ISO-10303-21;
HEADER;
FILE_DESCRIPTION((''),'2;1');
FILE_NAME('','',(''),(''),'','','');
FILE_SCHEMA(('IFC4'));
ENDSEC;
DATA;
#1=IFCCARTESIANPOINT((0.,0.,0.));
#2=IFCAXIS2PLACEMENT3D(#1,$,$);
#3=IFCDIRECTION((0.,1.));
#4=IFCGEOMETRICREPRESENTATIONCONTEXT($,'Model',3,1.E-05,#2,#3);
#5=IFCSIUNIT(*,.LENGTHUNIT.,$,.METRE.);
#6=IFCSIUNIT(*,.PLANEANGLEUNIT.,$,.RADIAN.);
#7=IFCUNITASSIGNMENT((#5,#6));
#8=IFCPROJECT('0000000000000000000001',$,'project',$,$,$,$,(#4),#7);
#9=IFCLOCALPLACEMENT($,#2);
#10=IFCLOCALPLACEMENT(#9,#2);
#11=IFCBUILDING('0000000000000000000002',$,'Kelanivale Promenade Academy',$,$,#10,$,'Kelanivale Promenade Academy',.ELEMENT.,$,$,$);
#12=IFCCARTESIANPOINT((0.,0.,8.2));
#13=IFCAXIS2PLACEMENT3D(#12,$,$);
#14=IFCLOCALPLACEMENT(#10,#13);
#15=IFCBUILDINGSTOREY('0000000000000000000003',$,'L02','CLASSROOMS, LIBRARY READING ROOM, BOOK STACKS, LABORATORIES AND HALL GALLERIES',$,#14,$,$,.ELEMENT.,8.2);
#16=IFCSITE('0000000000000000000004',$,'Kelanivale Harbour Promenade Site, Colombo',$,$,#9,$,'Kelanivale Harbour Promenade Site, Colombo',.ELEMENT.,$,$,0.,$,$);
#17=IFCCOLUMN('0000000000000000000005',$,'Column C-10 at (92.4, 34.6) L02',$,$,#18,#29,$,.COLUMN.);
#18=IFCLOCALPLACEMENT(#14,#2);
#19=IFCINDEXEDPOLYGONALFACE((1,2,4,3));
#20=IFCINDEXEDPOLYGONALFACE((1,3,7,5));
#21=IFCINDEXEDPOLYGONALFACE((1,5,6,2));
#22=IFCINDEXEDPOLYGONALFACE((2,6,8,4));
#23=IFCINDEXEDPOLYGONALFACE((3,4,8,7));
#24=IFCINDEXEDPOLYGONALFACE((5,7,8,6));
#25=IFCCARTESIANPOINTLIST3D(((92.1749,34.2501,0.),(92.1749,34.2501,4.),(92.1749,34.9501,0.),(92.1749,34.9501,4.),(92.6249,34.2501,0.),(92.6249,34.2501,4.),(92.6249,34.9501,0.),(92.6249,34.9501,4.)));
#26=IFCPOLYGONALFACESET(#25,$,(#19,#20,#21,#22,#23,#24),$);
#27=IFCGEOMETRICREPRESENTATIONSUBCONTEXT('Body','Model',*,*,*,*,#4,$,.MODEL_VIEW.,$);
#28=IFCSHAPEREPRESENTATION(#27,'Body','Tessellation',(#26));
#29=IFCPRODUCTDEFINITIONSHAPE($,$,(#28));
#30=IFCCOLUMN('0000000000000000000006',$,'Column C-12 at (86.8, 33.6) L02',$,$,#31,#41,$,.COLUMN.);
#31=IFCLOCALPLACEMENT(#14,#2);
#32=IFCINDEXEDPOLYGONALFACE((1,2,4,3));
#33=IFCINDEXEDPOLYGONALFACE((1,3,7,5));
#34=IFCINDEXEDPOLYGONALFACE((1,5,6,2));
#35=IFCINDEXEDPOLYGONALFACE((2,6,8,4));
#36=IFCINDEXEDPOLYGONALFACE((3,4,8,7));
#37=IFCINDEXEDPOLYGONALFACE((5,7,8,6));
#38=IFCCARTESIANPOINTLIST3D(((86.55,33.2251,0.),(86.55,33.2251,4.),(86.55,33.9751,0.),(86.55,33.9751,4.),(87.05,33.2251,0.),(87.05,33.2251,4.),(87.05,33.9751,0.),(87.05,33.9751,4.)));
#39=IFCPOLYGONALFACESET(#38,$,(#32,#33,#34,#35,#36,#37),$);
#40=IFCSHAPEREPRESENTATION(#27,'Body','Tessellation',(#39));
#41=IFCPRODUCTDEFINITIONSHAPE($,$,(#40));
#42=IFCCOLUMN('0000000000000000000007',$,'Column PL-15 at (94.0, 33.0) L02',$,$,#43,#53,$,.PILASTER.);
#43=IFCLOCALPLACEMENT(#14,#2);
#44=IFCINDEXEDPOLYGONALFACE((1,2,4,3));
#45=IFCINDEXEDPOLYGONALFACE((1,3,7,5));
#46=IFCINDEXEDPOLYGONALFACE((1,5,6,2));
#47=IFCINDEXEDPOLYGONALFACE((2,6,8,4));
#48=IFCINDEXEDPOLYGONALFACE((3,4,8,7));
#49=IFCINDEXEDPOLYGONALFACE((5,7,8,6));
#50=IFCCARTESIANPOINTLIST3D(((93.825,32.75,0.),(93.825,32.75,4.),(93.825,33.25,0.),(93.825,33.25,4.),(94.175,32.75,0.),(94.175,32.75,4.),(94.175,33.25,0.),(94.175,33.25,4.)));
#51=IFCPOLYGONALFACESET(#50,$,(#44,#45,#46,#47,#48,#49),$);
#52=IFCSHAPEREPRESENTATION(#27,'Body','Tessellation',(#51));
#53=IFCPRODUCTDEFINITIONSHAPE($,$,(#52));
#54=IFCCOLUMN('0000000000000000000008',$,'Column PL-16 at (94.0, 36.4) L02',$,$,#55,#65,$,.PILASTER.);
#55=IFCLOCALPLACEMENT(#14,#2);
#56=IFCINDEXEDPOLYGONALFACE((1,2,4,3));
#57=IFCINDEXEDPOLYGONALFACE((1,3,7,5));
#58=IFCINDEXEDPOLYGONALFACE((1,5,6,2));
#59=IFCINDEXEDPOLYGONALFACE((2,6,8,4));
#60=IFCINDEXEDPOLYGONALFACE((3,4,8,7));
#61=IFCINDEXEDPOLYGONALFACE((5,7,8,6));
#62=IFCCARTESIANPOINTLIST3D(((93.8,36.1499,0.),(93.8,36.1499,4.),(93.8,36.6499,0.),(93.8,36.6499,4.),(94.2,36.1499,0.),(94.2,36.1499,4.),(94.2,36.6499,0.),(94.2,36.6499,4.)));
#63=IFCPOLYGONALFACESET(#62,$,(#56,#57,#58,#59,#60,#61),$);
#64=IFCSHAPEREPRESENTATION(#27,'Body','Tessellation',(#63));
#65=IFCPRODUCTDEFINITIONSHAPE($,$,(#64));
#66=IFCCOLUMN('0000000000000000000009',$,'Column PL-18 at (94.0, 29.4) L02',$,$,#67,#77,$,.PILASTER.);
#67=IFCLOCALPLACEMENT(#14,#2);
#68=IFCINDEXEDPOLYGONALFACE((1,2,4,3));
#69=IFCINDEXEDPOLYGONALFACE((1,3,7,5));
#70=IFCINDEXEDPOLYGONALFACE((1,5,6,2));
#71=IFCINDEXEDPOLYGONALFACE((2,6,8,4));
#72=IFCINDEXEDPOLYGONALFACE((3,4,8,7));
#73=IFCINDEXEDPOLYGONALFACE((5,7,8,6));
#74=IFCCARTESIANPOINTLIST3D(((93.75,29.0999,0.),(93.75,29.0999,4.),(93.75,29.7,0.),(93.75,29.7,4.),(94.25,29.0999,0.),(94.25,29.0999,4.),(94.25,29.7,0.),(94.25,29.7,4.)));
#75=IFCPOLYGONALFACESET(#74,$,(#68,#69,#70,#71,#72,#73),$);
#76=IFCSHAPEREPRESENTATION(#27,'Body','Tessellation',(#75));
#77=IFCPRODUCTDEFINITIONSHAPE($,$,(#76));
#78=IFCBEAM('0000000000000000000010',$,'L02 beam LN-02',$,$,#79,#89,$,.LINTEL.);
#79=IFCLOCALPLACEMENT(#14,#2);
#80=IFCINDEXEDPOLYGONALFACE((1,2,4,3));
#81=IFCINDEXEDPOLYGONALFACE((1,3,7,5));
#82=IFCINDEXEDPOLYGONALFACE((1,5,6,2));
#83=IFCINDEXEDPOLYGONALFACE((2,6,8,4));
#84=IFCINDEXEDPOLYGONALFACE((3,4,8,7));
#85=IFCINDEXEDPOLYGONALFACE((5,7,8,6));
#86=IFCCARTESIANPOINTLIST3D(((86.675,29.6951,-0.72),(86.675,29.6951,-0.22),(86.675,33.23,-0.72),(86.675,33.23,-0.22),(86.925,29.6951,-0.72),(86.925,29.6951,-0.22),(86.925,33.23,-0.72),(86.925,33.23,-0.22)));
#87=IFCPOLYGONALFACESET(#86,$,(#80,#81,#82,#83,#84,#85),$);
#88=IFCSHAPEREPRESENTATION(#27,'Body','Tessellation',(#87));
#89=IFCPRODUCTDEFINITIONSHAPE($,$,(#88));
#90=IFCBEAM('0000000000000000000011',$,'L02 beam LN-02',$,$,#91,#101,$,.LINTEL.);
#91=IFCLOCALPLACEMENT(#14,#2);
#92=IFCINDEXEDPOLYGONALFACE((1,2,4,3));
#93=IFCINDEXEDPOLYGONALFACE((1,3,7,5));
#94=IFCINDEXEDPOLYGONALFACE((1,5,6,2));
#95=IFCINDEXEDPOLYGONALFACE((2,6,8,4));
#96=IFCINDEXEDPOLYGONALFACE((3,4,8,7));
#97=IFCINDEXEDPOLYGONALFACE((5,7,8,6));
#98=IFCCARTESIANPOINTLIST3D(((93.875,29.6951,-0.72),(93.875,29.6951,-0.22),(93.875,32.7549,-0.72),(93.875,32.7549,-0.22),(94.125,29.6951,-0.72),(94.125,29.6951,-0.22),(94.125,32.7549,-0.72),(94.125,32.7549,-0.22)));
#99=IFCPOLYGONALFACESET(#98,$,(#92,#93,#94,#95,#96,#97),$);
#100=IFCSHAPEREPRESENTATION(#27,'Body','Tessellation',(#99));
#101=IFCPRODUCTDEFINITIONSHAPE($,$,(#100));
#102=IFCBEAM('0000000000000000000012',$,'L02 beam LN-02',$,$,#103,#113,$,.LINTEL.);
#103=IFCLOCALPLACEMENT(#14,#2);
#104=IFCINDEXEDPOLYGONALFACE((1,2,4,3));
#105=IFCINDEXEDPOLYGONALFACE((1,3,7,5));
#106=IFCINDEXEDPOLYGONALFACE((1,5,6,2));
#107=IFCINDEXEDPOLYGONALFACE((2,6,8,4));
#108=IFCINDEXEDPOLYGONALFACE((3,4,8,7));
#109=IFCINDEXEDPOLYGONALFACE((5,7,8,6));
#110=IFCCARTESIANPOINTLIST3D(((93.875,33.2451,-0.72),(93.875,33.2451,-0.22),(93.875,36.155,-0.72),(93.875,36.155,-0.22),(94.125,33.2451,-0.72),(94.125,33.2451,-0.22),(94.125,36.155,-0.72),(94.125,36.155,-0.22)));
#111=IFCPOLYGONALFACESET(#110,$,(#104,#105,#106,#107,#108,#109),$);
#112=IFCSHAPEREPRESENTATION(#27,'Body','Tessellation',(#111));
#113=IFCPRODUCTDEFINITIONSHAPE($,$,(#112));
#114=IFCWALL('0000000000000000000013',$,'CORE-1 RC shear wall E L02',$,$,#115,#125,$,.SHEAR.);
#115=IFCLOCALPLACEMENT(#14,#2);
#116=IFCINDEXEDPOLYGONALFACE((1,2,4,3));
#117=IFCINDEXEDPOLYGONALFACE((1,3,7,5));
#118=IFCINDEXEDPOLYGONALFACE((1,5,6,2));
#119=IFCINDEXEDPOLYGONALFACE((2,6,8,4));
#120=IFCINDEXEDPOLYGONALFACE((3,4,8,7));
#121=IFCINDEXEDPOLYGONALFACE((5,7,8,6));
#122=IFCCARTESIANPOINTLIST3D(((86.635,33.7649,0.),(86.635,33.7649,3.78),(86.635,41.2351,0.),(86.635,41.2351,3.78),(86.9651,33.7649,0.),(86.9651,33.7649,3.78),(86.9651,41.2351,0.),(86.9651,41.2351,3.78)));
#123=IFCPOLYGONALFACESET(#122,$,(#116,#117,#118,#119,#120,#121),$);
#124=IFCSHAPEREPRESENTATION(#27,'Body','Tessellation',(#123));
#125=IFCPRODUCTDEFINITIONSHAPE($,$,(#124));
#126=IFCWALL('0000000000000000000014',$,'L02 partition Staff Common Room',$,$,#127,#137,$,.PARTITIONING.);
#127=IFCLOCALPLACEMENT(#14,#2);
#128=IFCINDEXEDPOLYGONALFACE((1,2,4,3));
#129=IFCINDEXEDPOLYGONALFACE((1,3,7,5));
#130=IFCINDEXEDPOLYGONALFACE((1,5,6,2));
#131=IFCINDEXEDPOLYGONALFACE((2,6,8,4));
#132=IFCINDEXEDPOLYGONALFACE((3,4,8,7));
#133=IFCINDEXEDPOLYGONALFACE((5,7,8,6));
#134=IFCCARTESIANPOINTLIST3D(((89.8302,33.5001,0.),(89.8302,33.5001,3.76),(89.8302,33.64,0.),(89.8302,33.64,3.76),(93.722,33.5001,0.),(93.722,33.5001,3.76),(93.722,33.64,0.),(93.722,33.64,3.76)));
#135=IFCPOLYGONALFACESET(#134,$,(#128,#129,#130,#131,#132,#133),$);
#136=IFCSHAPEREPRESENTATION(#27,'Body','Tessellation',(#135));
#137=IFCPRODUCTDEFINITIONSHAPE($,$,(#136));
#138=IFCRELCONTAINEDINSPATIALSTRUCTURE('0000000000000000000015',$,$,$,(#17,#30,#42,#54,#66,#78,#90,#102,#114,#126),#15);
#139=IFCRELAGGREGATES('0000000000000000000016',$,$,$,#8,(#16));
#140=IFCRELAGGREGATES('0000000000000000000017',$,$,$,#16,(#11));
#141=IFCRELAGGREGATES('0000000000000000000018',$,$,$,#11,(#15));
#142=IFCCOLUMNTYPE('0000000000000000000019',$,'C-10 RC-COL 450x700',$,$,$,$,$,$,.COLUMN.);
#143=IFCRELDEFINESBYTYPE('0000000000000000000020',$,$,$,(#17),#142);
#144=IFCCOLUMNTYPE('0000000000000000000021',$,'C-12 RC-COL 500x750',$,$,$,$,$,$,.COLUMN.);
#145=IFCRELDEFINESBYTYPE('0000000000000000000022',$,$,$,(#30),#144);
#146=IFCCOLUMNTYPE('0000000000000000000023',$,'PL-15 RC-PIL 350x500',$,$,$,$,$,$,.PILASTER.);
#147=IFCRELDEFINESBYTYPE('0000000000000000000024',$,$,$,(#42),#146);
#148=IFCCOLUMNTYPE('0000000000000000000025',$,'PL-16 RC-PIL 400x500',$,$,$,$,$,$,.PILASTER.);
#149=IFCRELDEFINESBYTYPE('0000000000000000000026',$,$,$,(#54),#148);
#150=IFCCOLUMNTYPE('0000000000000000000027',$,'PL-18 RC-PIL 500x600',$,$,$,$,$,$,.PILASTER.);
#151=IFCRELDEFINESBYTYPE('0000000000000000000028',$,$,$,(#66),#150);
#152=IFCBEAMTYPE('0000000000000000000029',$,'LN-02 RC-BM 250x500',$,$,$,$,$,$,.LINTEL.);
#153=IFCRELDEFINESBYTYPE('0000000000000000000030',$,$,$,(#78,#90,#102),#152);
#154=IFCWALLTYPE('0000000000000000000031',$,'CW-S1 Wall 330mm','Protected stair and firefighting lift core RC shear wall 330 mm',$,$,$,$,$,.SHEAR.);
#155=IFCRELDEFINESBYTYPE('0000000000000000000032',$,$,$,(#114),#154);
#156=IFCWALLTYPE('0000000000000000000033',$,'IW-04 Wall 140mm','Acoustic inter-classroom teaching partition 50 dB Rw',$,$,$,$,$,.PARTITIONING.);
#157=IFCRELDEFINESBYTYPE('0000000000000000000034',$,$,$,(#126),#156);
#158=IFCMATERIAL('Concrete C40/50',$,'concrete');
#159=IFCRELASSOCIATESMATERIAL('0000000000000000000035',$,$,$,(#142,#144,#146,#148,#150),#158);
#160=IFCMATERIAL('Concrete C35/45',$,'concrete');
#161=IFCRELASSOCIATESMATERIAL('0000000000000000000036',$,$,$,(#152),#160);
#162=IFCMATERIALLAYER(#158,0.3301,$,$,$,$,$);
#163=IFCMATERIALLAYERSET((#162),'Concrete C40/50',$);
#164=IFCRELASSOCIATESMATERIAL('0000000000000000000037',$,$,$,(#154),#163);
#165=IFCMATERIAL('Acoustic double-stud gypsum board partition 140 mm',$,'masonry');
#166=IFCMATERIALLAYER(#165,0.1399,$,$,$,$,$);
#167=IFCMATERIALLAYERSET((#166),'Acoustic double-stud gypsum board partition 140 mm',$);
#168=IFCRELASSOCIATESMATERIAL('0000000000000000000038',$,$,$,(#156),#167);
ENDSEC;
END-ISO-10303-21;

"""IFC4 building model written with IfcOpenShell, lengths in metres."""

from ifc_helpers import new_model, si_unit, direction, frame, frame_2d, origin, origin_2d, place, context, subcontext, project, spatial, rectangle, extrude, material, layer, layer_set, material_profile, profile_set, type_object, element, save


model = new_model("IFC4")

# Units and contexts
model_context = context("Model", 3, precision=1e-05, world=origin(), true_north=direction((0.0, 1.0)))
body_context = subcontext(model_context, "Body", "Model", "MODEL_VIEW")
ifc_project = project(units=[si_unit("LENGTHUNIT", "METRE"), si_unit("PLANEANGLEUNIT", "RADIAN")], contexts=[model_context])

# Site, building, storey
site_placement = place(None, origin())
site = spatial("IfcSite", under=ifc_project, at=site_placement, Name="Kelanivale Harbour Promenade Site, Colombo", LongName="Kelanivale Harbour Promenade Site, Colombo", CompositionType="ELEMENT", RefElevation=0.0)
building_placement = place(site_placement, origin())
building = spatial("IfcBuilding", under=site, at=building_placement, Name="Kelanivale Promenade Academy", LongName="Kelanivale Promenade Academy", CompositionType="ELEMENT")
storey_placement = place(building_placement, frame((0.0, 0.0, 8.2)))
storey = spatial("IfcBuildingStorey", under=building, at=storey_placement, Name="L02", Description="CLASSROOMS, LIBRARY READING ROOM, BOOK STACKS, LABORATORIES AND HALL GALLERIES", CompositionType="ELEMENT", Elevation=8.2)

# Columns
ifc_material_1 = material(Name="Concrete C40/50", Category="concrete")
ifc_material_profile_1 = material_profile(ifc_material_1, rectangle(XDim=0.45, YDim=0.7, at=origin_2d()), Name="RC-COL 450x700")
ifc_profile_set_1 = profile_set([ifc_material_profile_1], Name="Concrete C40/50")
column_type_1 = type_object("IfcColumnType", Name="C-10 RC-COL 450x700", PredefinedType="COLUMN", material=ifc_profile_set_1)
column_1_placement = place(storey_placement, frame((92.3999, 34.6001, 0.0), z_axis=(0.0, 0.0, 1.0), x_axis=(1.0, 0.0, 0.0)))
element("IfcColumn", 1, at=column_1_placement, inside=storey, type_object=column_type_1, Name="Column C-10 at (92.4, 34.6) L02", PredefinedType="COLUMN", context=body_context, shape_type="SweptSolid", body=[
    extrude(rectangle(XDim=0.45, YDim=0.7, at=origin_2d()), origin(), (0.0, 0.0, 1.0), 4.0),
])
ifc_material_profile_2 = material_profile(ifc_material_1, rectangle(XDim=0.5, YDim=0.75, at=origin_2d()), Name="RC-COL 500x750")
ifc_profile_set_2 = profile_set([ifc_material_profile_2], Name="Concrete C40/50")
column_type_2 = type_object("IfcColumnType", Name="C-12 RC-COL 500x750", PredefinedType="COLUMN", material=ifc_profile_set_2)
column_2_placement = place(storey_placement, frame((86.8, 33.6001, 0.0), z_axis=(0.0, 0.0, 1.0), x_axis=(1.0, 0.0, 0.0)))
element("IfcColumn", 2, at=column_2_placement, inside=storey, type_object=column_type_2, Name="Column C-12 at (86.8, 33.6) L02", PredefinedType="COLUMN", context=body_context, shape_type="SweptSolid", body=[
    extrude(rectangle(XDim=0.5, YDim=0.75, at=origin_2d()), origin(), (0.0, 0.0, 1.0), 4.0),
])
ifc_material_profile_3 = material_profile(ifc_material_1, rectangle(XDim=0.3501, YDim=0.5, at=origin_2d()), Name="RC-PIL 350x500")
ifc_profile_set_3 = profile_set([ifc_material_profile_3], Name="Concrete C40/50")
column_type_3 = type_object("IfcColumnType", Name="PL-15 RC-PIL 350x500", PredefinedType="PILASTER", material=ifc_profile_set_3)
column_3_placement = place(storey_placement, frame((94.0, 33.0, 0.0), z_axis=(0.0, 0.0, 1.0), x_axis=(1.0, 0.0, 0.0)))
element("IfcColumn", 3, at=column_3_placement, inside=storey, type_object=column_type_3, Name="Column PL-15 at (94.0, 33.0) L02", PredefinedType="PILASTER", context=body_context, shape_type="SweptSolid", body=[
    extrude(rectangle(XDim=0.3501, YDim=0.5, at=origin_2d()), origin(), (0.0, 0.0, 1.0), 4.0),
])
ifc_material_profile_4 = material_profile(ifc_material_1, rectangle(XDim=0.3999, YDim=0.5, at=origin_2d()), Name="RC-PIL 400x500")
ifc_profile_set_4 = profile_set([ifc_material_profile_4], Name="Concrete C40/50")
column_type_4 = type_object("IfcColumnType", Name="PL-16 RC-PIL 400x500", PredefinedType="PILASTER", material=ifc_profile_set_4)
column_4_placement = place(storey_placement, frame((94.0, 36.3999, 0.0), z_axis=(0.0, 0.0, 1.0), x_axis=(1.0, 0.0, 0.0)))
element("IfcColumn", 4, at=column_4_placement, inside=storey, type_object=column_type_4, Name="Column PL-16 at (94.0, 36.4) L02", PredefinedType="PILASTER", context=body_context, shape_type="SweptSolid", body=[
    extrude(rectangle(XDim=0.3999, YDim=0.5, at=origin_2d()), origin(), (0.0, 0.0, 1.0), 4.0),
])
ifc_material_profile_5 = material_profile(ifc_material_1, rectangle(XDim=0.5, YDim=0.6001, at=origin_2d()), Name="RC-PIL 500x600")
ifc_profile_set_5 = profile_set([ifc_material_profile_5], Name="Concrete C40/50")
column_type_5 = type_object("IfcColumnType", Name="PL-18 RC-PIL 500x600", PredefinedType="PILASTER", material=ifc_profile_set_5)
column_5_placement = place(storey_placement, frame((94.0, 29.3999, 0.0), z_axis=(0.0, 0.0, 1.0), x_axis=(1.0, 0.0, 0.0)))
element("IfcColumn", 5, at=column_5_placement, inside=storey, type_object=column_type_5, Name="Column PL-18 at (94.0, 29.4) L02", PredefinedType="PILASTER", context=body_context, shape_type="SweptSolid", body=[
    extrude(rectangle(XDim=0.5, YDim=0.6001, at=origin_2d()), origin(), (0.0, 0.0, 1.0), 4.0),
])

# Beams
ifc_material_2 = material(Name="Concrete C35/45", Category="concrete")
ifc_material_profile_6 = material_profile(ifc_material_2, rectangle(XDim=0.25, YDim=0.5, at=origin_2d()), Name="RC-BM 250x500")
ifc_profile_set_6 = profile_set([ifc_material_profile_6], Name="Concrete C35/45")
beam_type = type_object("IfcBeamType", Name="LN-02 RC-BM 250x500", PredefinedType="LINTEL", material=ifc_profile_set_6)
beam_1_placement = place(storey_placement, frame((86.8, 29.6951, -0.47), z_axis=(0.0, 1.0, 0.0), x_axis=(-1.0, 0.0, 0.0)))
element("IfcBeam", 6, at=beam_1_placement, inside=storey, type_object=beam_type, Name="L02 beam LN-02", PredefinedType="LINTEL", context=body_context, shape_type="SweptSolid", body=[
    extrude(rectangle(XDim=0.25, YDim=0.5, at=origin_2d()), origin(), (0.0, 0.0, 1.0), 3.5349),
])
beam_2_placement = place(storey_placement, frame((94.0, 29.6951, -0.47), z_axis=(0.0, 1.0, 0.0), x_axis=(-1.0, 0.0, 0.0)))
element("IfcBeam", 7, at=beam_2_placement, inside=storey, type_object=beam_type, Name="L02 beam LN-02", PredefinedType="LINTEL", context=body_context, shape_type="SweptSolid", body=[
    extrude(rectangle(XDim=0.25, YDim=0.5, at=origin_2d()), origin(), (0.0, 0.0, 1.0), 3.0598),
])
beam_3_placement = place(storey_placement, frame((94.0, 33.2451, -0.47), z_axis=(0.0, 1.0, 0.0), x_axis=(-1.0, 0.0, 0.0)))
element("IfcBeam", 8, at=beam_3_placement, inside=storey, type_object=beam_type, Name="L02 beam LN-02", PredefinedType="LINTEL", context=body_context, shape_type="SweptSolid", body=[
    extrude(rectangle(XDim=0.25, YDim=0.5, at=origin_2d()), origin(), (0.0, 0.0, 1.0), 2.9099),
])

# Walls
ifc_layer_1 = layer(ifc_material_1, 0.3301)
ifc_layer_set_1 = layer_set([ifc_layer_1], Name="Concrete C40/50")
wall_type_1 = type_object("IfcWallType", Name="CW-S1 Wall 330mm", Description="Protected stair and firefighting lift core RC shear wall 330 mm", PredefinedType="SHEAR", material=ifc_layer_set_1)
wall_1_placement = place(storey_placement, frame((86.8, 33.7649, 0.0), z_axis=(0.0, 0.0, 1.0), x_axis=(0.0, 1.0, 0.0)))
element("IfcWall", 9, at=wall_1_placement, inside=storey, type_object=wall_type_1, Name="CORE-1 RC shear wall E L02", PredefinedType="SHEAR", context=body_context, shape_type="SweptSolid", body=[
    extrude(rectangle(XDim=7.4702, YDim=0.3301, at=frame_2d((3.7351, 0.0))), origin(), (0.0, 0.0, 1.0), 3.78),
])
ifc_material_3 = material(Name="Acoustic double-stud gypsum board partition 140 mm", Category="masonry")
ifc_layer_2 = layer(ifc_material_3, 0.1399)
ifc_layer_set_2 = layer_set([ifc_layer_2], Name="Acoustic double-stud gypsum board partition 140 mm")
wall_type_2 = type_object("IfcWallType", Name="IW-04 Wall 140mm", Description="Acoustic inter-classroom teaching partition 50 dB Rw", PredefinedType="PARTITIONING", material=ifc_layer_set_2)
wall_2_placement = place(storey_placement, frame((93.7219, 33.5701, 0.0), z_axis=(0.0, 0.0, 1.0), x_axis=(-1.0, 0.0, 0.0)))
element("IfcWall", 10, at=wall_2_placement, inside=storey, type_object=wall_type_2, Name="L02 partition Staff Common Room", PredefinedType="PARTITIONING", context=body_context, shape_type="SweptSolid", body=[
    extrude(rectangle(XDim=3.8918, YDim=0.1399, at=frame_2d((1.9458, 0.0))), origin(), (0.0, 0.0, 1.0), 3.76),
])

save(model, "model.ifc")
